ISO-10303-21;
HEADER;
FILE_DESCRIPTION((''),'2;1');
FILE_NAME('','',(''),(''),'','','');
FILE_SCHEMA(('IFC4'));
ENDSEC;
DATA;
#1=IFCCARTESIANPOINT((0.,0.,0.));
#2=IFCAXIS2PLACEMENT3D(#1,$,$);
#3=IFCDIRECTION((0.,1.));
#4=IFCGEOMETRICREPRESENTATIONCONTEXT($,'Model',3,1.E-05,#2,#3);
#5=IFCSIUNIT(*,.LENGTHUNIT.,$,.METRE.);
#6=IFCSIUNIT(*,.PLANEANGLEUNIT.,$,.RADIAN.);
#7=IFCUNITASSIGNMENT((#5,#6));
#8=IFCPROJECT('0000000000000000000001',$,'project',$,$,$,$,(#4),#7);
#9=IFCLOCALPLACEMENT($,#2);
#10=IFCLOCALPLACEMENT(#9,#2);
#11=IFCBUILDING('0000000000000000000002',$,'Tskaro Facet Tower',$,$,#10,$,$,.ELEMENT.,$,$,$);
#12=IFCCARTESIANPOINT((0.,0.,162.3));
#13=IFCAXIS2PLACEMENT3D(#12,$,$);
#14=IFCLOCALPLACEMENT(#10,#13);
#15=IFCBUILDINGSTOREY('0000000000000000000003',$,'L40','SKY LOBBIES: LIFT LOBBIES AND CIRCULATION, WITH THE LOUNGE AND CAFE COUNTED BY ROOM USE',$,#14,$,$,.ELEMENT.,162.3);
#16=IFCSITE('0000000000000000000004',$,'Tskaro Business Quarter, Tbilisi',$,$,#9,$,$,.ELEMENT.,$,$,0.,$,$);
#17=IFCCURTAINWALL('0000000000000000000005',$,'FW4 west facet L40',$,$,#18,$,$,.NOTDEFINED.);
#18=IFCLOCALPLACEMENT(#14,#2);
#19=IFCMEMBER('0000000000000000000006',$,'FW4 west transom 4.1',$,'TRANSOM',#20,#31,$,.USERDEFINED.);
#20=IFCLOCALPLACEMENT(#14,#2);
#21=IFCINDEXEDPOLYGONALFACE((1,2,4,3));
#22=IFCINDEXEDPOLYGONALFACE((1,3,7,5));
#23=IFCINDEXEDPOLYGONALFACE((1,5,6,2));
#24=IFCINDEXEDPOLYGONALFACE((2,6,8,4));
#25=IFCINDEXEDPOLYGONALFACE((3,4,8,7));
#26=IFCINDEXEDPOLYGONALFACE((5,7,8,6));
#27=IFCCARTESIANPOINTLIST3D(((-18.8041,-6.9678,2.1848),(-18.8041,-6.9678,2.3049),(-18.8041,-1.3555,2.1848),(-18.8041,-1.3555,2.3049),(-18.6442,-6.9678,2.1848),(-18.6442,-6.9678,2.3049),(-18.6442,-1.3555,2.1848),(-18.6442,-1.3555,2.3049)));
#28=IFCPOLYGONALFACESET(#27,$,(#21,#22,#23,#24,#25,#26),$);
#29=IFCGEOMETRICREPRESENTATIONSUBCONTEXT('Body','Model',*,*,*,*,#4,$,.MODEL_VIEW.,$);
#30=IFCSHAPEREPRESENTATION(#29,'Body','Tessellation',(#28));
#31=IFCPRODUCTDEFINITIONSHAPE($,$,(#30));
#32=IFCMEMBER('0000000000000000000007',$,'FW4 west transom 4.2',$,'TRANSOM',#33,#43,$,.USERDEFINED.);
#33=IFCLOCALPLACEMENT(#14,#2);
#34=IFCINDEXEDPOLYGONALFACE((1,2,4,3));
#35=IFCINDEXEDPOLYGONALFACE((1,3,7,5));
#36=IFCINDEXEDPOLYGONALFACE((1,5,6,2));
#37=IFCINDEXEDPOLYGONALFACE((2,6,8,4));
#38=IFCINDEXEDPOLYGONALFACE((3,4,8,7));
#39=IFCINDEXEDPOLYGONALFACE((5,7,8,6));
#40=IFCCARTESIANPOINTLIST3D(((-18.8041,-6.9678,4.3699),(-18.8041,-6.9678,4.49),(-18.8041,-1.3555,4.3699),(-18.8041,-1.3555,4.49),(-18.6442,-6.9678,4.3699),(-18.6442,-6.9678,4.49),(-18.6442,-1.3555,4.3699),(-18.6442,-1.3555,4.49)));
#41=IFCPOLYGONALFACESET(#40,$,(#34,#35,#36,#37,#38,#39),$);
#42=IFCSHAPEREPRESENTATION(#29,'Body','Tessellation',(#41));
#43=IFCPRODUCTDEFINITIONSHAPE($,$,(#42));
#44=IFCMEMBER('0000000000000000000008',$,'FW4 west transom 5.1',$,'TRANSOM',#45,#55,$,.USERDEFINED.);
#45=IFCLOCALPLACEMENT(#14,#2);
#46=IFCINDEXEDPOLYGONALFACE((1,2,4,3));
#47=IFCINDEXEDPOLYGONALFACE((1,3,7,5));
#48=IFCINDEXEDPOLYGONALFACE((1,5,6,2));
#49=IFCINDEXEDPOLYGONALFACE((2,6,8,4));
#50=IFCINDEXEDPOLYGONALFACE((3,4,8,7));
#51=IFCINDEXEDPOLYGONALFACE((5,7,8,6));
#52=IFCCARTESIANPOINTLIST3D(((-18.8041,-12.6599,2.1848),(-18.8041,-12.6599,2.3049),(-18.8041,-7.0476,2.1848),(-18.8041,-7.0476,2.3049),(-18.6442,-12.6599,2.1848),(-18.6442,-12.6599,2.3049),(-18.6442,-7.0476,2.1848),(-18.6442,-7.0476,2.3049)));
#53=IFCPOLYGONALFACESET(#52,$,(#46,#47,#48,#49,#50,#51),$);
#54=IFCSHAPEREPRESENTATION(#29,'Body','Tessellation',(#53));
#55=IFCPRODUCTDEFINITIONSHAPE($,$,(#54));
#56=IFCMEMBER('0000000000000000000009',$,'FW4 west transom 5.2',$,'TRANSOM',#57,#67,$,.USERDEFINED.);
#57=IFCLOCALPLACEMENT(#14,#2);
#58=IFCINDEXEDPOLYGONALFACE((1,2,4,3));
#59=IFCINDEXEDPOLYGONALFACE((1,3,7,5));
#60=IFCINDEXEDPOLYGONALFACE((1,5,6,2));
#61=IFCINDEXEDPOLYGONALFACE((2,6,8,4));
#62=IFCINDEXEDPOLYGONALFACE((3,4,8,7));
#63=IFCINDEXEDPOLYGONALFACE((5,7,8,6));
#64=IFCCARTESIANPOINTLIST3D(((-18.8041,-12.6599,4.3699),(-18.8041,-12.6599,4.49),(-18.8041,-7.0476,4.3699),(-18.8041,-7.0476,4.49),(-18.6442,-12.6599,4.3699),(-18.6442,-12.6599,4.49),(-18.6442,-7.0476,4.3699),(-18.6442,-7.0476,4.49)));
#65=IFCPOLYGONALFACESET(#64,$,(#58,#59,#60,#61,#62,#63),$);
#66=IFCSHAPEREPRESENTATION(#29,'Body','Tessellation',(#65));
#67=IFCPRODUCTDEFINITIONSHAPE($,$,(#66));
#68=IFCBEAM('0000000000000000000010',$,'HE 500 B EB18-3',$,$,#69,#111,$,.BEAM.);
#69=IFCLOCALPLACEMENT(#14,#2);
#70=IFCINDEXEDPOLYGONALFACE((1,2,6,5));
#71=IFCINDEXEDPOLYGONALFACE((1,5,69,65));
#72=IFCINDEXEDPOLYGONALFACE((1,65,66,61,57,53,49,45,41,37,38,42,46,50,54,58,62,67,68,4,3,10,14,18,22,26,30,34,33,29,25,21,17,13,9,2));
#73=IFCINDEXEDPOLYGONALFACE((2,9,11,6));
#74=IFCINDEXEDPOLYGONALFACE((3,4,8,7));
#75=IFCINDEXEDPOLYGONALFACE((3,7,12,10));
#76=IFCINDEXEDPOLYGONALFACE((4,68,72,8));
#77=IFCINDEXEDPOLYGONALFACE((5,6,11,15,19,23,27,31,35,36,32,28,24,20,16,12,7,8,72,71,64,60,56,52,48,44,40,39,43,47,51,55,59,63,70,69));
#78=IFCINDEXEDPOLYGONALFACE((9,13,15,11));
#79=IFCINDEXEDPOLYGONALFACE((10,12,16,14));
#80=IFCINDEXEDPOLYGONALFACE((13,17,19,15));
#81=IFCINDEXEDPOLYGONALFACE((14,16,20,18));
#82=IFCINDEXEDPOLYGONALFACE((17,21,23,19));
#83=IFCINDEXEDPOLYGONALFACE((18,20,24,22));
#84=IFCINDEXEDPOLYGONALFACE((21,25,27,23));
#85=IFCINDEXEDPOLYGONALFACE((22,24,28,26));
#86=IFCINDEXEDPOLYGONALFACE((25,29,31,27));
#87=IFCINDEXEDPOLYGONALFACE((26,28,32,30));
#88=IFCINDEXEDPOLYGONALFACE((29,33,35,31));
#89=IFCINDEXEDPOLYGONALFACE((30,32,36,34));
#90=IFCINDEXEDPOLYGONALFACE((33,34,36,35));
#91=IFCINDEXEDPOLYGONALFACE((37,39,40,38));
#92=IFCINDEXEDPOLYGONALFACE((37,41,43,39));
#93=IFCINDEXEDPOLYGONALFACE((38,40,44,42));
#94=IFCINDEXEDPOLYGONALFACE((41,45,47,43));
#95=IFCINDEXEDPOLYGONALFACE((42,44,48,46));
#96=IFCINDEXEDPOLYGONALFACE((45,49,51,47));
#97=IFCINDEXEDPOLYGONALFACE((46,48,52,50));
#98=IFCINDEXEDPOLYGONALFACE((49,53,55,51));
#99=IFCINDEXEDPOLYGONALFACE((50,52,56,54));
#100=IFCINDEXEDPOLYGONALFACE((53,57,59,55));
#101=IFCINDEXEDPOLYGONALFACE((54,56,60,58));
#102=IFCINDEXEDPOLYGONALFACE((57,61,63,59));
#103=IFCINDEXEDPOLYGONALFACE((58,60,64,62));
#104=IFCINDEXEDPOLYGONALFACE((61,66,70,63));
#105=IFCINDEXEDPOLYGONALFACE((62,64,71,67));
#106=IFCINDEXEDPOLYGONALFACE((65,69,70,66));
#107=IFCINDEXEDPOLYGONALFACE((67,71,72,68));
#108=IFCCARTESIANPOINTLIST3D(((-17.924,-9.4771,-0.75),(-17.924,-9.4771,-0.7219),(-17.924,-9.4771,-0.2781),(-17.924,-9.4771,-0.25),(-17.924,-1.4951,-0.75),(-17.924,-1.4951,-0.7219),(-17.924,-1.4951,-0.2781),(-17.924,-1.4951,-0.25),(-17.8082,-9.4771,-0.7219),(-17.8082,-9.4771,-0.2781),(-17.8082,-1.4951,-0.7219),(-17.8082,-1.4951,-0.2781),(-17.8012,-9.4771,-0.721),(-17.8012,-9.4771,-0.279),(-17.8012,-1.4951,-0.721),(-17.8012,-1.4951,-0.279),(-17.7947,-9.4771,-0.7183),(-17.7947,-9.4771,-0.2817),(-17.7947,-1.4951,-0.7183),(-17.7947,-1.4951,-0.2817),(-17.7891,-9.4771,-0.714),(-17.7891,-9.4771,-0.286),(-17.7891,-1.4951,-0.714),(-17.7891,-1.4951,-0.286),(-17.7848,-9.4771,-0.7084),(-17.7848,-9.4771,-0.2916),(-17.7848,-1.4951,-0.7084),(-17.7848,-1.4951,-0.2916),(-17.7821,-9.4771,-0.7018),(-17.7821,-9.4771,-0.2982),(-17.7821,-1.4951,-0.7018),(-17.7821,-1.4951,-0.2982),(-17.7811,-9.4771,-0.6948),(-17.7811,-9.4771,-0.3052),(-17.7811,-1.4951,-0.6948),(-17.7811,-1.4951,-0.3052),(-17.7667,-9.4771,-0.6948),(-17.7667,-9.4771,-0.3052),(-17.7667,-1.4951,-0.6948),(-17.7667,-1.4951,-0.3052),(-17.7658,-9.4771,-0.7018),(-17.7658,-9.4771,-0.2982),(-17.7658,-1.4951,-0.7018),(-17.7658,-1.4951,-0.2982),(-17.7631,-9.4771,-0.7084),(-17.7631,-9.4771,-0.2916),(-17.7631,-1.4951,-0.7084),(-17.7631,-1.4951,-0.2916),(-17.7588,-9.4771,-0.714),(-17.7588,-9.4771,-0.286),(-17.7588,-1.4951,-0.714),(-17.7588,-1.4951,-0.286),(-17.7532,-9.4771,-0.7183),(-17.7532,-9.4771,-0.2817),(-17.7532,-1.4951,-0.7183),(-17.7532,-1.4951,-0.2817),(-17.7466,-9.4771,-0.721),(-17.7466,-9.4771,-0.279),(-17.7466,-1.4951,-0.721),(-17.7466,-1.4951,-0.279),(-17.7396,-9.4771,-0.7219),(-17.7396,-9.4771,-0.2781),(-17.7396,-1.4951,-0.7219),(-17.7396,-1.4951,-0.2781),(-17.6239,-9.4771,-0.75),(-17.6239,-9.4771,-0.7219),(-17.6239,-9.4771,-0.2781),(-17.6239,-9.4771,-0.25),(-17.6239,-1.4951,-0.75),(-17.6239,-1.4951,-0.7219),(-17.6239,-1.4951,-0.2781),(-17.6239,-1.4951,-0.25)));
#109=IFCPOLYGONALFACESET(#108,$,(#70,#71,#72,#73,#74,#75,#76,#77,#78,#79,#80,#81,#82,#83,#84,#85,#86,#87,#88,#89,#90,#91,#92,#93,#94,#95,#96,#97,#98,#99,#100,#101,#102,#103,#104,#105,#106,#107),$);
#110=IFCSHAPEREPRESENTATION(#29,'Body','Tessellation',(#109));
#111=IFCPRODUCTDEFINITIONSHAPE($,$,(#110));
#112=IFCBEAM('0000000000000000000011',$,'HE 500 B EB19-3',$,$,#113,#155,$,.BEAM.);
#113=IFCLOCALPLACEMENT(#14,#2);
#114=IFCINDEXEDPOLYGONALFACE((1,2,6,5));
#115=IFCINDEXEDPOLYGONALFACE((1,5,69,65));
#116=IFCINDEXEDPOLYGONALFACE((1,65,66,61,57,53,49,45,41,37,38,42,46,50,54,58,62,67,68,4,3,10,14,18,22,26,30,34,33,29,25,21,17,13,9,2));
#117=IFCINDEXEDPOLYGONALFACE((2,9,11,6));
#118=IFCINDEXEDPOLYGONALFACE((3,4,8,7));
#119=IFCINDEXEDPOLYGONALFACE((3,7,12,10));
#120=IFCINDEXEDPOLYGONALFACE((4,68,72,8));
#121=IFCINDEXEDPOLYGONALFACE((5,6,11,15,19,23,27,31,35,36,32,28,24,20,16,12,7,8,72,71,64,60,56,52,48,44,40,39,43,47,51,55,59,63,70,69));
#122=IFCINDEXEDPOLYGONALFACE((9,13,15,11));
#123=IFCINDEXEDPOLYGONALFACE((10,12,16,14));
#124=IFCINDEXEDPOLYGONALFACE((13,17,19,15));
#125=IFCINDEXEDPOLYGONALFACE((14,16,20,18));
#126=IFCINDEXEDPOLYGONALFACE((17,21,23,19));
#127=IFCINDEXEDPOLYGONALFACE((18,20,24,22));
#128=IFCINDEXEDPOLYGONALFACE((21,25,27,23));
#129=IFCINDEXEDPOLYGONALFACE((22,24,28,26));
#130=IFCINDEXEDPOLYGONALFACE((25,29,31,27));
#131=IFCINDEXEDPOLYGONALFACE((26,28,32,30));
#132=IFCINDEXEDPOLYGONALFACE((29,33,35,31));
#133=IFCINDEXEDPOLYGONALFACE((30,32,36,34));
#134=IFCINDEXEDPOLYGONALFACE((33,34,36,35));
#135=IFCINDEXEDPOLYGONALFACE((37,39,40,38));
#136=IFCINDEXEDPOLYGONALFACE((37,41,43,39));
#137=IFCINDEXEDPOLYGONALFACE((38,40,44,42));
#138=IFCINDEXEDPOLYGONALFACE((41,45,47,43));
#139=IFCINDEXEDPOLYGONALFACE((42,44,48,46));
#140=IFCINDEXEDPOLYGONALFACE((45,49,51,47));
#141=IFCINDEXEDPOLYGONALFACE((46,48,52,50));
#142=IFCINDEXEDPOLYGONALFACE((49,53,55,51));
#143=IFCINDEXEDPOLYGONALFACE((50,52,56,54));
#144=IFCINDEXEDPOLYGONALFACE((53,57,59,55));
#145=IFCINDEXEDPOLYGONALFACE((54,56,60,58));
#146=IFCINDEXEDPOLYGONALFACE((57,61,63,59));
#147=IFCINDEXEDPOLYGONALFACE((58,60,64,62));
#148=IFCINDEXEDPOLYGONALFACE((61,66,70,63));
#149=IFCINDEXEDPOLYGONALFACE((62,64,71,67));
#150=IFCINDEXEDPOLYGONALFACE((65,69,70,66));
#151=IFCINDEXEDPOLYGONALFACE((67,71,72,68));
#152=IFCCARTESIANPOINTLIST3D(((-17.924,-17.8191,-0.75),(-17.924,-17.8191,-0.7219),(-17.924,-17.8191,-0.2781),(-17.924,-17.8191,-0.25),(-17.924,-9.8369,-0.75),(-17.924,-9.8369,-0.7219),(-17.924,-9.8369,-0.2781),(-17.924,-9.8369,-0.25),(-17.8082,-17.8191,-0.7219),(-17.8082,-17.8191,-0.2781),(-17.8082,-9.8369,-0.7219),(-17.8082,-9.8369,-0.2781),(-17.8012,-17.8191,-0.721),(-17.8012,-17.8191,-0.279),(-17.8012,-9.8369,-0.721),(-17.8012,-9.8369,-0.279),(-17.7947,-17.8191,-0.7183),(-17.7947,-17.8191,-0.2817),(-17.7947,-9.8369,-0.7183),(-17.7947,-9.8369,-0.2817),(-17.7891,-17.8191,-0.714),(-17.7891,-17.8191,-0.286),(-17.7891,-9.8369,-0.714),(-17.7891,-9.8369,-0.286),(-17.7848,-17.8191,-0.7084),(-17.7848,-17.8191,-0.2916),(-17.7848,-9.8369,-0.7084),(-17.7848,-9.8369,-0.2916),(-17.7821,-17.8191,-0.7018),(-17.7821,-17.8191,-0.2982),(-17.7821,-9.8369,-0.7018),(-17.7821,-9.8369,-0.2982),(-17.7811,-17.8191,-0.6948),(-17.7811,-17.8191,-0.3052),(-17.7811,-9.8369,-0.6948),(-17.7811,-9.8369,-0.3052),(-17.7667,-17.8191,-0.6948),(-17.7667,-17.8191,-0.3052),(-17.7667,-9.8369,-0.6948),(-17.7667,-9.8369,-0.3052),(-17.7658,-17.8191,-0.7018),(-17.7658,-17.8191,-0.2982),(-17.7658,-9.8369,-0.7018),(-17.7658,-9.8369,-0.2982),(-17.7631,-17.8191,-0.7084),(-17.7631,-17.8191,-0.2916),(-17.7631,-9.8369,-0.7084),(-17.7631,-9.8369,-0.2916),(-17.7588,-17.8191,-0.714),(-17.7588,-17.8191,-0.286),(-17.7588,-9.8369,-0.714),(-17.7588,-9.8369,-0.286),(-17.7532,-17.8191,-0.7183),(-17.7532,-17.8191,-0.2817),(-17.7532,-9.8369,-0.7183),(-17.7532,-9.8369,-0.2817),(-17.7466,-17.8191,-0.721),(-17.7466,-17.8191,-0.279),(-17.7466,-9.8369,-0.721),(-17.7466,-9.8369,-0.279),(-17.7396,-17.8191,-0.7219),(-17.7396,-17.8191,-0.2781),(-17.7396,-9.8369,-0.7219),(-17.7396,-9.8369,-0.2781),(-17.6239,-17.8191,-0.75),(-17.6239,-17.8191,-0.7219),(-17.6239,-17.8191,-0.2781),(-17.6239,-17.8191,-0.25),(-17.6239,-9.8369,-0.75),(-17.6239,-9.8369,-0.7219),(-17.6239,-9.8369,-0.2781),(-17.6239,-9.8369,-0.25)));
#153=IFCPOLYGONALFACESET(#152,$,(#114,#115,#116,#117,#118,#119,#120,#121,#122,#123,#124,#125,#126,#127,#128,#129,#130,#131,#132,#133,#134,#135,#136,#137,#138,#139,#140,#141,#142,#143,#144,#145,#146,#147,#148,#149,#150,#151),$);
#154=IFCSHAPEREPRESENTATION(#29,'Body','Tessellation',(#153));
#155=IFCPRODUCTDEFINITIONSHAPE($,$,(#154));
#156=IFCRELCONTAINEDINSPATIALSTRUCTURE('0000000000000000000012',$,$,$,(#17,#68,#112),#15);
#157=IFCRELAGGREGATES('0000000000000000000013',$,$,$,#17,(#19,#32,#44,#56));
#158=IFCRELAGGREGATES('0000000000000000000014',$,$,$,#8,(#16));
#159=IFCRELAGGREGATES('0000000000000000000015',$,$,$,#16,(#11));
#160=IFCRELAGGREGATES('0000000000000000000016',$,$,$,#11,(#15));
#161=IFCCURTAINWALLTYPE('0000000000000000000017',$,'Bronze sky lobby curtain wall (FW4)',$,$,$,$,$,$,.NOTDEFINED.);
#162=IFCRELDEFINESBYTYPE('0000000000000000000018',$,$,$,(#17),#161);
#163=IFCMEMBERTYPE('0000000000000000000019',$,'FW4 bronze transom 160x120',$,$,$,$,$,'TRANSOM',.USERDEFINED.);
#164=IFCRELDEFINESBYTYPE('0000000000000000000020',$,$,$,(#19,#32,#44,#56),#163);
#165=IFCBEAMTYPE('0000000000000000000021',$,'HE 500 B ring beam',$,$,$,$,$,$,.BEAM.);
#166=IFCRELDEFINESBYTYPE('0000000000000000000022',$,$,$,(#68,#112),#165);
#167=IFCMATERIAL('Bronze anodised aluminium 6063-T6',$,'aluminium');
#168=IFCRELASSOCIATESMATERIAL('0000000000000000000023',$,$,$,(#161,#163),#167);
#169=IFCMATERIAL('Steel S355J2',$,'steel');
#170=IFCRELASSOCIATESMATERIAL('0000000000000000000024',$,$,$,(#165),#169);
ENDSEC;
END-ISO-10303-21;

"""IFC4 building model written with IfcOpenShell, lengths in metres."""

from ifc_helpers import new_model, si_unit, direction, frame, origin, origin_2d, place, context, subcontext, project, spatial, rectangle, i_section, extrude, material, material_profile, profile_set, type_object, element, aggregate, save


model = new_model("IFC4")

# Units and contexts
model_context = context("Model", 3, precision=1e-05, world=origin(), true_north=direction((0.0, 1.0)))
body_context = subcontext(model_context, "Body", "Model", "MODEL_VIEW")
ifc_project = project(units=[si_unit("LENGTHUNIT", "METRE"), si_unit("PLANEANGLEUNIT", "RADIAN")], contexts=[model_context])

# Site, building, storey
site_placement = place(None, origin())
site = spatial("IfcSite", under=ifc_project, at=site_placement, Name="Tskaro Business Quarter, Tbilisi", CompositionType="ELEMENT", RefElevation=0.0)
building_placement = place(site_placement, origin())
building = spatial("IfcBuilding", under=site, at=building_placement, Name="Tskaro Facet Tower", CompositionType="ELEMENT")
storey_placement = place(building_placement, frame((0.0, 0.0, 162.3)))
storey = spatial("IfcBuildingStorey", under=building, at=storey_placement, Name="L40", Description="SKY LOBBIES: LIFT LOBBIES AND CIRCULATION, WITH THE LOUNGE AND CAFE COUNTED BY ROOM USE", CompositionType="ELEMENT", Elevation=162.3)

# Curtain wall, members
ifc_material_1 = material(Name="Bronze anodised aluminium 6063-T6", Category="aluminium")
curtain_wall_type = type_object("IfcCurtainWallType", Name="Bronze sky lobby curtain wall (FW4)", PredefinedType="NOTDEFINED", material=ifc_material_1)
curtain_wall_placement = place(storey_placement, origin())
curtain_wall = element("IfcCurtainWall", 1, at=curtain_wall_placement, inside=storey, type_object=curtain_wall_type, Name="FW4 west facet L40", PredefinedType="NOTDEFINED")
ifc_material_profile_1 = material_profile(ifc_material_1, rectangle(XDim=0.1599, YDim=0.1201, at=origin_2d()), Name="Transom 160x120")
ifc_profile_set_1 = profile_set([ifc_material_profile_1], Name="Bronze anodised aluminium 6063-T6")
member_type_1 = type_object("IfcMemberType", Name="FW4 bronze transom 160x120", ElementType="TRANSOM", PredefinedType="USERDEFINED", material=ifc_profile_set_1)
member_1_placement = place(storey_placement, frame((-18.7241, -1.3555, 2.2449), z_axis=(0.0, -1.0, 0.0), x_axis=(1.0, 0.0, 0.0)))
member_1 = element("IfcMember", 2, at=member_1_placement, type_object=member_type_1, Name="FW4 west transom 4.1", ObjectType="TRANSOM", PredefinedType="USERDEFINED", context=body_context, shape_type="SweptSolid", body=[
    extrude(rectangle(XDim=0.1599, YDim=0.1201, at=origin_2d()), origin(), (0.0, 0.0, 1.0), 5.6123),
])
member_2_placement = place(storey_placement, frame((-18.7241, -1.3555, 4.4299), z_axis=(0.0, -1.0, 0.0), x_axis=(1.0, 0.0, 0.0)))
member_2 = element("IfcMember", 3, at=member_2_placement, type_object=member_type_1, Name="FW4 west transom 4.2", ObjectType="TRANSOM", PredefinedType="USERDEFINED", context=body_context, shape_type="SweptSolid", body=[
    extrude(rectangle(XDim=0.1599, YDim=0.1201, at=origin_2d()), origin(), (0.0, 0.0, 1.0), 5.6123),
])
member_3_placement = place(storey_placement, frame((-18.7241, -7.0476, 2.2449), z_axis=(0.0, -1.0, 0.0), x_axis=(1.0, 0.0, 0.0)))
member_3 = element("IfcMember", 4, at=member_3_placement, type_object=member_type_1, Name="FW4 west transom 5.1", ObjectType="TRANSOM", PredefinedType="USERDEFINED", context=body_context, shape_type="SweptSolid", body=[
    extrude(rectangle(XDim=0.1599, YDim=0.1201, at=origin_2d()), origin(), (0.0, 0.0, 1.0), 5.6123),
])
member_4_placement = place(storey_placement, frame((-18.7241, -7.0476, 4.4299), z_axis=(0.0, -1.0, 0.0), x_axis=(1.0, 0.0, 0.0)))
member_4 = element("IfcMember", 5, at=member_4_placement, type_object=member_type_1, Name="FW4 west transom 5.2", ObjectType="TRANSOM", PredefinedType="USERDEFINED", context=body_context, shape_type="SweptSolid", body=[
    extrude(rectangle(XDim=0.1599, YDim=0.1201, at=origin_2d()), origin(), (0.0, 0.0, 1.0), 5.6123),
])

# Beams
ifc_material_2 = material(Name="Steel S355J2", Category="steel")
ifc_material_profile_2 = material_profile(ifc_material_2, i_section(OverallWidth=0.3, OverallDepth=0.5, WebThickness=0.0144, FlangeThickness=0.0281, FilletRadius=0.0271, at=origin_2d()), Name="HE 500 B")
ifc_profile_set_2 = profile_set([ifc_material_profile_2], Name="Steel S355J2")
beam_type_1 = type_object("IfcBeamType", Name="HE 500 B ring beam", PredefinedType="BEAM", material=ifc_profile_set_2)
beam_1_placement = place(storey_placement, frame((-17.7739, -1.4951, -0.5), z_axis=(0.0, -1.0, 0.0), x_axis=(1.0, 0.0, 0.0)))
element("IfcBeam", 6, at=beam_1_placement, inside=storey, type_object=beam_type_1, Name="HE 500 B EB18-3", PredefinedType="BEAM", context=body_context, shape_type="SweptSolid", body=[
    extrude(i_section(OverallWidth=0.3, OverallDepth=0.5, WebThickness=0.0144, FlangeThickness=0.0281, FilletRadius=0.0271, at=origin_2d()), origin(), (0.0, 0.0, 1.0), 7.9819),
])
beam_2_placement = place(storey_placement, frame((-17.7739, -9.8369, -0.5), z_axis=(0.0, -1.0, 0.0), x_axis=(1.0, 0.0, 0.0)))
element("IfcBeam", 7, at=beam_2_placement, inside=storey, type_object=beam_type_1, Name="HE 500 B EB19-3", PredefinedType="BEAM", context=body_context, shape_type="SweptSolid", body=[
    extrude(i_section(OverallWidth=0.3, OverallDepth=0.5, WebThickness=0.0144, FlangeThickness=0.0281, FilletRadius=0.0271, at=origin_2d()), origin(), (0.0, 0.0, 1.0), 7.9822),
])

aggregate(curtain_wall, [member_1, member_2, member_3, member_4])

save(model, "model.ifc")
